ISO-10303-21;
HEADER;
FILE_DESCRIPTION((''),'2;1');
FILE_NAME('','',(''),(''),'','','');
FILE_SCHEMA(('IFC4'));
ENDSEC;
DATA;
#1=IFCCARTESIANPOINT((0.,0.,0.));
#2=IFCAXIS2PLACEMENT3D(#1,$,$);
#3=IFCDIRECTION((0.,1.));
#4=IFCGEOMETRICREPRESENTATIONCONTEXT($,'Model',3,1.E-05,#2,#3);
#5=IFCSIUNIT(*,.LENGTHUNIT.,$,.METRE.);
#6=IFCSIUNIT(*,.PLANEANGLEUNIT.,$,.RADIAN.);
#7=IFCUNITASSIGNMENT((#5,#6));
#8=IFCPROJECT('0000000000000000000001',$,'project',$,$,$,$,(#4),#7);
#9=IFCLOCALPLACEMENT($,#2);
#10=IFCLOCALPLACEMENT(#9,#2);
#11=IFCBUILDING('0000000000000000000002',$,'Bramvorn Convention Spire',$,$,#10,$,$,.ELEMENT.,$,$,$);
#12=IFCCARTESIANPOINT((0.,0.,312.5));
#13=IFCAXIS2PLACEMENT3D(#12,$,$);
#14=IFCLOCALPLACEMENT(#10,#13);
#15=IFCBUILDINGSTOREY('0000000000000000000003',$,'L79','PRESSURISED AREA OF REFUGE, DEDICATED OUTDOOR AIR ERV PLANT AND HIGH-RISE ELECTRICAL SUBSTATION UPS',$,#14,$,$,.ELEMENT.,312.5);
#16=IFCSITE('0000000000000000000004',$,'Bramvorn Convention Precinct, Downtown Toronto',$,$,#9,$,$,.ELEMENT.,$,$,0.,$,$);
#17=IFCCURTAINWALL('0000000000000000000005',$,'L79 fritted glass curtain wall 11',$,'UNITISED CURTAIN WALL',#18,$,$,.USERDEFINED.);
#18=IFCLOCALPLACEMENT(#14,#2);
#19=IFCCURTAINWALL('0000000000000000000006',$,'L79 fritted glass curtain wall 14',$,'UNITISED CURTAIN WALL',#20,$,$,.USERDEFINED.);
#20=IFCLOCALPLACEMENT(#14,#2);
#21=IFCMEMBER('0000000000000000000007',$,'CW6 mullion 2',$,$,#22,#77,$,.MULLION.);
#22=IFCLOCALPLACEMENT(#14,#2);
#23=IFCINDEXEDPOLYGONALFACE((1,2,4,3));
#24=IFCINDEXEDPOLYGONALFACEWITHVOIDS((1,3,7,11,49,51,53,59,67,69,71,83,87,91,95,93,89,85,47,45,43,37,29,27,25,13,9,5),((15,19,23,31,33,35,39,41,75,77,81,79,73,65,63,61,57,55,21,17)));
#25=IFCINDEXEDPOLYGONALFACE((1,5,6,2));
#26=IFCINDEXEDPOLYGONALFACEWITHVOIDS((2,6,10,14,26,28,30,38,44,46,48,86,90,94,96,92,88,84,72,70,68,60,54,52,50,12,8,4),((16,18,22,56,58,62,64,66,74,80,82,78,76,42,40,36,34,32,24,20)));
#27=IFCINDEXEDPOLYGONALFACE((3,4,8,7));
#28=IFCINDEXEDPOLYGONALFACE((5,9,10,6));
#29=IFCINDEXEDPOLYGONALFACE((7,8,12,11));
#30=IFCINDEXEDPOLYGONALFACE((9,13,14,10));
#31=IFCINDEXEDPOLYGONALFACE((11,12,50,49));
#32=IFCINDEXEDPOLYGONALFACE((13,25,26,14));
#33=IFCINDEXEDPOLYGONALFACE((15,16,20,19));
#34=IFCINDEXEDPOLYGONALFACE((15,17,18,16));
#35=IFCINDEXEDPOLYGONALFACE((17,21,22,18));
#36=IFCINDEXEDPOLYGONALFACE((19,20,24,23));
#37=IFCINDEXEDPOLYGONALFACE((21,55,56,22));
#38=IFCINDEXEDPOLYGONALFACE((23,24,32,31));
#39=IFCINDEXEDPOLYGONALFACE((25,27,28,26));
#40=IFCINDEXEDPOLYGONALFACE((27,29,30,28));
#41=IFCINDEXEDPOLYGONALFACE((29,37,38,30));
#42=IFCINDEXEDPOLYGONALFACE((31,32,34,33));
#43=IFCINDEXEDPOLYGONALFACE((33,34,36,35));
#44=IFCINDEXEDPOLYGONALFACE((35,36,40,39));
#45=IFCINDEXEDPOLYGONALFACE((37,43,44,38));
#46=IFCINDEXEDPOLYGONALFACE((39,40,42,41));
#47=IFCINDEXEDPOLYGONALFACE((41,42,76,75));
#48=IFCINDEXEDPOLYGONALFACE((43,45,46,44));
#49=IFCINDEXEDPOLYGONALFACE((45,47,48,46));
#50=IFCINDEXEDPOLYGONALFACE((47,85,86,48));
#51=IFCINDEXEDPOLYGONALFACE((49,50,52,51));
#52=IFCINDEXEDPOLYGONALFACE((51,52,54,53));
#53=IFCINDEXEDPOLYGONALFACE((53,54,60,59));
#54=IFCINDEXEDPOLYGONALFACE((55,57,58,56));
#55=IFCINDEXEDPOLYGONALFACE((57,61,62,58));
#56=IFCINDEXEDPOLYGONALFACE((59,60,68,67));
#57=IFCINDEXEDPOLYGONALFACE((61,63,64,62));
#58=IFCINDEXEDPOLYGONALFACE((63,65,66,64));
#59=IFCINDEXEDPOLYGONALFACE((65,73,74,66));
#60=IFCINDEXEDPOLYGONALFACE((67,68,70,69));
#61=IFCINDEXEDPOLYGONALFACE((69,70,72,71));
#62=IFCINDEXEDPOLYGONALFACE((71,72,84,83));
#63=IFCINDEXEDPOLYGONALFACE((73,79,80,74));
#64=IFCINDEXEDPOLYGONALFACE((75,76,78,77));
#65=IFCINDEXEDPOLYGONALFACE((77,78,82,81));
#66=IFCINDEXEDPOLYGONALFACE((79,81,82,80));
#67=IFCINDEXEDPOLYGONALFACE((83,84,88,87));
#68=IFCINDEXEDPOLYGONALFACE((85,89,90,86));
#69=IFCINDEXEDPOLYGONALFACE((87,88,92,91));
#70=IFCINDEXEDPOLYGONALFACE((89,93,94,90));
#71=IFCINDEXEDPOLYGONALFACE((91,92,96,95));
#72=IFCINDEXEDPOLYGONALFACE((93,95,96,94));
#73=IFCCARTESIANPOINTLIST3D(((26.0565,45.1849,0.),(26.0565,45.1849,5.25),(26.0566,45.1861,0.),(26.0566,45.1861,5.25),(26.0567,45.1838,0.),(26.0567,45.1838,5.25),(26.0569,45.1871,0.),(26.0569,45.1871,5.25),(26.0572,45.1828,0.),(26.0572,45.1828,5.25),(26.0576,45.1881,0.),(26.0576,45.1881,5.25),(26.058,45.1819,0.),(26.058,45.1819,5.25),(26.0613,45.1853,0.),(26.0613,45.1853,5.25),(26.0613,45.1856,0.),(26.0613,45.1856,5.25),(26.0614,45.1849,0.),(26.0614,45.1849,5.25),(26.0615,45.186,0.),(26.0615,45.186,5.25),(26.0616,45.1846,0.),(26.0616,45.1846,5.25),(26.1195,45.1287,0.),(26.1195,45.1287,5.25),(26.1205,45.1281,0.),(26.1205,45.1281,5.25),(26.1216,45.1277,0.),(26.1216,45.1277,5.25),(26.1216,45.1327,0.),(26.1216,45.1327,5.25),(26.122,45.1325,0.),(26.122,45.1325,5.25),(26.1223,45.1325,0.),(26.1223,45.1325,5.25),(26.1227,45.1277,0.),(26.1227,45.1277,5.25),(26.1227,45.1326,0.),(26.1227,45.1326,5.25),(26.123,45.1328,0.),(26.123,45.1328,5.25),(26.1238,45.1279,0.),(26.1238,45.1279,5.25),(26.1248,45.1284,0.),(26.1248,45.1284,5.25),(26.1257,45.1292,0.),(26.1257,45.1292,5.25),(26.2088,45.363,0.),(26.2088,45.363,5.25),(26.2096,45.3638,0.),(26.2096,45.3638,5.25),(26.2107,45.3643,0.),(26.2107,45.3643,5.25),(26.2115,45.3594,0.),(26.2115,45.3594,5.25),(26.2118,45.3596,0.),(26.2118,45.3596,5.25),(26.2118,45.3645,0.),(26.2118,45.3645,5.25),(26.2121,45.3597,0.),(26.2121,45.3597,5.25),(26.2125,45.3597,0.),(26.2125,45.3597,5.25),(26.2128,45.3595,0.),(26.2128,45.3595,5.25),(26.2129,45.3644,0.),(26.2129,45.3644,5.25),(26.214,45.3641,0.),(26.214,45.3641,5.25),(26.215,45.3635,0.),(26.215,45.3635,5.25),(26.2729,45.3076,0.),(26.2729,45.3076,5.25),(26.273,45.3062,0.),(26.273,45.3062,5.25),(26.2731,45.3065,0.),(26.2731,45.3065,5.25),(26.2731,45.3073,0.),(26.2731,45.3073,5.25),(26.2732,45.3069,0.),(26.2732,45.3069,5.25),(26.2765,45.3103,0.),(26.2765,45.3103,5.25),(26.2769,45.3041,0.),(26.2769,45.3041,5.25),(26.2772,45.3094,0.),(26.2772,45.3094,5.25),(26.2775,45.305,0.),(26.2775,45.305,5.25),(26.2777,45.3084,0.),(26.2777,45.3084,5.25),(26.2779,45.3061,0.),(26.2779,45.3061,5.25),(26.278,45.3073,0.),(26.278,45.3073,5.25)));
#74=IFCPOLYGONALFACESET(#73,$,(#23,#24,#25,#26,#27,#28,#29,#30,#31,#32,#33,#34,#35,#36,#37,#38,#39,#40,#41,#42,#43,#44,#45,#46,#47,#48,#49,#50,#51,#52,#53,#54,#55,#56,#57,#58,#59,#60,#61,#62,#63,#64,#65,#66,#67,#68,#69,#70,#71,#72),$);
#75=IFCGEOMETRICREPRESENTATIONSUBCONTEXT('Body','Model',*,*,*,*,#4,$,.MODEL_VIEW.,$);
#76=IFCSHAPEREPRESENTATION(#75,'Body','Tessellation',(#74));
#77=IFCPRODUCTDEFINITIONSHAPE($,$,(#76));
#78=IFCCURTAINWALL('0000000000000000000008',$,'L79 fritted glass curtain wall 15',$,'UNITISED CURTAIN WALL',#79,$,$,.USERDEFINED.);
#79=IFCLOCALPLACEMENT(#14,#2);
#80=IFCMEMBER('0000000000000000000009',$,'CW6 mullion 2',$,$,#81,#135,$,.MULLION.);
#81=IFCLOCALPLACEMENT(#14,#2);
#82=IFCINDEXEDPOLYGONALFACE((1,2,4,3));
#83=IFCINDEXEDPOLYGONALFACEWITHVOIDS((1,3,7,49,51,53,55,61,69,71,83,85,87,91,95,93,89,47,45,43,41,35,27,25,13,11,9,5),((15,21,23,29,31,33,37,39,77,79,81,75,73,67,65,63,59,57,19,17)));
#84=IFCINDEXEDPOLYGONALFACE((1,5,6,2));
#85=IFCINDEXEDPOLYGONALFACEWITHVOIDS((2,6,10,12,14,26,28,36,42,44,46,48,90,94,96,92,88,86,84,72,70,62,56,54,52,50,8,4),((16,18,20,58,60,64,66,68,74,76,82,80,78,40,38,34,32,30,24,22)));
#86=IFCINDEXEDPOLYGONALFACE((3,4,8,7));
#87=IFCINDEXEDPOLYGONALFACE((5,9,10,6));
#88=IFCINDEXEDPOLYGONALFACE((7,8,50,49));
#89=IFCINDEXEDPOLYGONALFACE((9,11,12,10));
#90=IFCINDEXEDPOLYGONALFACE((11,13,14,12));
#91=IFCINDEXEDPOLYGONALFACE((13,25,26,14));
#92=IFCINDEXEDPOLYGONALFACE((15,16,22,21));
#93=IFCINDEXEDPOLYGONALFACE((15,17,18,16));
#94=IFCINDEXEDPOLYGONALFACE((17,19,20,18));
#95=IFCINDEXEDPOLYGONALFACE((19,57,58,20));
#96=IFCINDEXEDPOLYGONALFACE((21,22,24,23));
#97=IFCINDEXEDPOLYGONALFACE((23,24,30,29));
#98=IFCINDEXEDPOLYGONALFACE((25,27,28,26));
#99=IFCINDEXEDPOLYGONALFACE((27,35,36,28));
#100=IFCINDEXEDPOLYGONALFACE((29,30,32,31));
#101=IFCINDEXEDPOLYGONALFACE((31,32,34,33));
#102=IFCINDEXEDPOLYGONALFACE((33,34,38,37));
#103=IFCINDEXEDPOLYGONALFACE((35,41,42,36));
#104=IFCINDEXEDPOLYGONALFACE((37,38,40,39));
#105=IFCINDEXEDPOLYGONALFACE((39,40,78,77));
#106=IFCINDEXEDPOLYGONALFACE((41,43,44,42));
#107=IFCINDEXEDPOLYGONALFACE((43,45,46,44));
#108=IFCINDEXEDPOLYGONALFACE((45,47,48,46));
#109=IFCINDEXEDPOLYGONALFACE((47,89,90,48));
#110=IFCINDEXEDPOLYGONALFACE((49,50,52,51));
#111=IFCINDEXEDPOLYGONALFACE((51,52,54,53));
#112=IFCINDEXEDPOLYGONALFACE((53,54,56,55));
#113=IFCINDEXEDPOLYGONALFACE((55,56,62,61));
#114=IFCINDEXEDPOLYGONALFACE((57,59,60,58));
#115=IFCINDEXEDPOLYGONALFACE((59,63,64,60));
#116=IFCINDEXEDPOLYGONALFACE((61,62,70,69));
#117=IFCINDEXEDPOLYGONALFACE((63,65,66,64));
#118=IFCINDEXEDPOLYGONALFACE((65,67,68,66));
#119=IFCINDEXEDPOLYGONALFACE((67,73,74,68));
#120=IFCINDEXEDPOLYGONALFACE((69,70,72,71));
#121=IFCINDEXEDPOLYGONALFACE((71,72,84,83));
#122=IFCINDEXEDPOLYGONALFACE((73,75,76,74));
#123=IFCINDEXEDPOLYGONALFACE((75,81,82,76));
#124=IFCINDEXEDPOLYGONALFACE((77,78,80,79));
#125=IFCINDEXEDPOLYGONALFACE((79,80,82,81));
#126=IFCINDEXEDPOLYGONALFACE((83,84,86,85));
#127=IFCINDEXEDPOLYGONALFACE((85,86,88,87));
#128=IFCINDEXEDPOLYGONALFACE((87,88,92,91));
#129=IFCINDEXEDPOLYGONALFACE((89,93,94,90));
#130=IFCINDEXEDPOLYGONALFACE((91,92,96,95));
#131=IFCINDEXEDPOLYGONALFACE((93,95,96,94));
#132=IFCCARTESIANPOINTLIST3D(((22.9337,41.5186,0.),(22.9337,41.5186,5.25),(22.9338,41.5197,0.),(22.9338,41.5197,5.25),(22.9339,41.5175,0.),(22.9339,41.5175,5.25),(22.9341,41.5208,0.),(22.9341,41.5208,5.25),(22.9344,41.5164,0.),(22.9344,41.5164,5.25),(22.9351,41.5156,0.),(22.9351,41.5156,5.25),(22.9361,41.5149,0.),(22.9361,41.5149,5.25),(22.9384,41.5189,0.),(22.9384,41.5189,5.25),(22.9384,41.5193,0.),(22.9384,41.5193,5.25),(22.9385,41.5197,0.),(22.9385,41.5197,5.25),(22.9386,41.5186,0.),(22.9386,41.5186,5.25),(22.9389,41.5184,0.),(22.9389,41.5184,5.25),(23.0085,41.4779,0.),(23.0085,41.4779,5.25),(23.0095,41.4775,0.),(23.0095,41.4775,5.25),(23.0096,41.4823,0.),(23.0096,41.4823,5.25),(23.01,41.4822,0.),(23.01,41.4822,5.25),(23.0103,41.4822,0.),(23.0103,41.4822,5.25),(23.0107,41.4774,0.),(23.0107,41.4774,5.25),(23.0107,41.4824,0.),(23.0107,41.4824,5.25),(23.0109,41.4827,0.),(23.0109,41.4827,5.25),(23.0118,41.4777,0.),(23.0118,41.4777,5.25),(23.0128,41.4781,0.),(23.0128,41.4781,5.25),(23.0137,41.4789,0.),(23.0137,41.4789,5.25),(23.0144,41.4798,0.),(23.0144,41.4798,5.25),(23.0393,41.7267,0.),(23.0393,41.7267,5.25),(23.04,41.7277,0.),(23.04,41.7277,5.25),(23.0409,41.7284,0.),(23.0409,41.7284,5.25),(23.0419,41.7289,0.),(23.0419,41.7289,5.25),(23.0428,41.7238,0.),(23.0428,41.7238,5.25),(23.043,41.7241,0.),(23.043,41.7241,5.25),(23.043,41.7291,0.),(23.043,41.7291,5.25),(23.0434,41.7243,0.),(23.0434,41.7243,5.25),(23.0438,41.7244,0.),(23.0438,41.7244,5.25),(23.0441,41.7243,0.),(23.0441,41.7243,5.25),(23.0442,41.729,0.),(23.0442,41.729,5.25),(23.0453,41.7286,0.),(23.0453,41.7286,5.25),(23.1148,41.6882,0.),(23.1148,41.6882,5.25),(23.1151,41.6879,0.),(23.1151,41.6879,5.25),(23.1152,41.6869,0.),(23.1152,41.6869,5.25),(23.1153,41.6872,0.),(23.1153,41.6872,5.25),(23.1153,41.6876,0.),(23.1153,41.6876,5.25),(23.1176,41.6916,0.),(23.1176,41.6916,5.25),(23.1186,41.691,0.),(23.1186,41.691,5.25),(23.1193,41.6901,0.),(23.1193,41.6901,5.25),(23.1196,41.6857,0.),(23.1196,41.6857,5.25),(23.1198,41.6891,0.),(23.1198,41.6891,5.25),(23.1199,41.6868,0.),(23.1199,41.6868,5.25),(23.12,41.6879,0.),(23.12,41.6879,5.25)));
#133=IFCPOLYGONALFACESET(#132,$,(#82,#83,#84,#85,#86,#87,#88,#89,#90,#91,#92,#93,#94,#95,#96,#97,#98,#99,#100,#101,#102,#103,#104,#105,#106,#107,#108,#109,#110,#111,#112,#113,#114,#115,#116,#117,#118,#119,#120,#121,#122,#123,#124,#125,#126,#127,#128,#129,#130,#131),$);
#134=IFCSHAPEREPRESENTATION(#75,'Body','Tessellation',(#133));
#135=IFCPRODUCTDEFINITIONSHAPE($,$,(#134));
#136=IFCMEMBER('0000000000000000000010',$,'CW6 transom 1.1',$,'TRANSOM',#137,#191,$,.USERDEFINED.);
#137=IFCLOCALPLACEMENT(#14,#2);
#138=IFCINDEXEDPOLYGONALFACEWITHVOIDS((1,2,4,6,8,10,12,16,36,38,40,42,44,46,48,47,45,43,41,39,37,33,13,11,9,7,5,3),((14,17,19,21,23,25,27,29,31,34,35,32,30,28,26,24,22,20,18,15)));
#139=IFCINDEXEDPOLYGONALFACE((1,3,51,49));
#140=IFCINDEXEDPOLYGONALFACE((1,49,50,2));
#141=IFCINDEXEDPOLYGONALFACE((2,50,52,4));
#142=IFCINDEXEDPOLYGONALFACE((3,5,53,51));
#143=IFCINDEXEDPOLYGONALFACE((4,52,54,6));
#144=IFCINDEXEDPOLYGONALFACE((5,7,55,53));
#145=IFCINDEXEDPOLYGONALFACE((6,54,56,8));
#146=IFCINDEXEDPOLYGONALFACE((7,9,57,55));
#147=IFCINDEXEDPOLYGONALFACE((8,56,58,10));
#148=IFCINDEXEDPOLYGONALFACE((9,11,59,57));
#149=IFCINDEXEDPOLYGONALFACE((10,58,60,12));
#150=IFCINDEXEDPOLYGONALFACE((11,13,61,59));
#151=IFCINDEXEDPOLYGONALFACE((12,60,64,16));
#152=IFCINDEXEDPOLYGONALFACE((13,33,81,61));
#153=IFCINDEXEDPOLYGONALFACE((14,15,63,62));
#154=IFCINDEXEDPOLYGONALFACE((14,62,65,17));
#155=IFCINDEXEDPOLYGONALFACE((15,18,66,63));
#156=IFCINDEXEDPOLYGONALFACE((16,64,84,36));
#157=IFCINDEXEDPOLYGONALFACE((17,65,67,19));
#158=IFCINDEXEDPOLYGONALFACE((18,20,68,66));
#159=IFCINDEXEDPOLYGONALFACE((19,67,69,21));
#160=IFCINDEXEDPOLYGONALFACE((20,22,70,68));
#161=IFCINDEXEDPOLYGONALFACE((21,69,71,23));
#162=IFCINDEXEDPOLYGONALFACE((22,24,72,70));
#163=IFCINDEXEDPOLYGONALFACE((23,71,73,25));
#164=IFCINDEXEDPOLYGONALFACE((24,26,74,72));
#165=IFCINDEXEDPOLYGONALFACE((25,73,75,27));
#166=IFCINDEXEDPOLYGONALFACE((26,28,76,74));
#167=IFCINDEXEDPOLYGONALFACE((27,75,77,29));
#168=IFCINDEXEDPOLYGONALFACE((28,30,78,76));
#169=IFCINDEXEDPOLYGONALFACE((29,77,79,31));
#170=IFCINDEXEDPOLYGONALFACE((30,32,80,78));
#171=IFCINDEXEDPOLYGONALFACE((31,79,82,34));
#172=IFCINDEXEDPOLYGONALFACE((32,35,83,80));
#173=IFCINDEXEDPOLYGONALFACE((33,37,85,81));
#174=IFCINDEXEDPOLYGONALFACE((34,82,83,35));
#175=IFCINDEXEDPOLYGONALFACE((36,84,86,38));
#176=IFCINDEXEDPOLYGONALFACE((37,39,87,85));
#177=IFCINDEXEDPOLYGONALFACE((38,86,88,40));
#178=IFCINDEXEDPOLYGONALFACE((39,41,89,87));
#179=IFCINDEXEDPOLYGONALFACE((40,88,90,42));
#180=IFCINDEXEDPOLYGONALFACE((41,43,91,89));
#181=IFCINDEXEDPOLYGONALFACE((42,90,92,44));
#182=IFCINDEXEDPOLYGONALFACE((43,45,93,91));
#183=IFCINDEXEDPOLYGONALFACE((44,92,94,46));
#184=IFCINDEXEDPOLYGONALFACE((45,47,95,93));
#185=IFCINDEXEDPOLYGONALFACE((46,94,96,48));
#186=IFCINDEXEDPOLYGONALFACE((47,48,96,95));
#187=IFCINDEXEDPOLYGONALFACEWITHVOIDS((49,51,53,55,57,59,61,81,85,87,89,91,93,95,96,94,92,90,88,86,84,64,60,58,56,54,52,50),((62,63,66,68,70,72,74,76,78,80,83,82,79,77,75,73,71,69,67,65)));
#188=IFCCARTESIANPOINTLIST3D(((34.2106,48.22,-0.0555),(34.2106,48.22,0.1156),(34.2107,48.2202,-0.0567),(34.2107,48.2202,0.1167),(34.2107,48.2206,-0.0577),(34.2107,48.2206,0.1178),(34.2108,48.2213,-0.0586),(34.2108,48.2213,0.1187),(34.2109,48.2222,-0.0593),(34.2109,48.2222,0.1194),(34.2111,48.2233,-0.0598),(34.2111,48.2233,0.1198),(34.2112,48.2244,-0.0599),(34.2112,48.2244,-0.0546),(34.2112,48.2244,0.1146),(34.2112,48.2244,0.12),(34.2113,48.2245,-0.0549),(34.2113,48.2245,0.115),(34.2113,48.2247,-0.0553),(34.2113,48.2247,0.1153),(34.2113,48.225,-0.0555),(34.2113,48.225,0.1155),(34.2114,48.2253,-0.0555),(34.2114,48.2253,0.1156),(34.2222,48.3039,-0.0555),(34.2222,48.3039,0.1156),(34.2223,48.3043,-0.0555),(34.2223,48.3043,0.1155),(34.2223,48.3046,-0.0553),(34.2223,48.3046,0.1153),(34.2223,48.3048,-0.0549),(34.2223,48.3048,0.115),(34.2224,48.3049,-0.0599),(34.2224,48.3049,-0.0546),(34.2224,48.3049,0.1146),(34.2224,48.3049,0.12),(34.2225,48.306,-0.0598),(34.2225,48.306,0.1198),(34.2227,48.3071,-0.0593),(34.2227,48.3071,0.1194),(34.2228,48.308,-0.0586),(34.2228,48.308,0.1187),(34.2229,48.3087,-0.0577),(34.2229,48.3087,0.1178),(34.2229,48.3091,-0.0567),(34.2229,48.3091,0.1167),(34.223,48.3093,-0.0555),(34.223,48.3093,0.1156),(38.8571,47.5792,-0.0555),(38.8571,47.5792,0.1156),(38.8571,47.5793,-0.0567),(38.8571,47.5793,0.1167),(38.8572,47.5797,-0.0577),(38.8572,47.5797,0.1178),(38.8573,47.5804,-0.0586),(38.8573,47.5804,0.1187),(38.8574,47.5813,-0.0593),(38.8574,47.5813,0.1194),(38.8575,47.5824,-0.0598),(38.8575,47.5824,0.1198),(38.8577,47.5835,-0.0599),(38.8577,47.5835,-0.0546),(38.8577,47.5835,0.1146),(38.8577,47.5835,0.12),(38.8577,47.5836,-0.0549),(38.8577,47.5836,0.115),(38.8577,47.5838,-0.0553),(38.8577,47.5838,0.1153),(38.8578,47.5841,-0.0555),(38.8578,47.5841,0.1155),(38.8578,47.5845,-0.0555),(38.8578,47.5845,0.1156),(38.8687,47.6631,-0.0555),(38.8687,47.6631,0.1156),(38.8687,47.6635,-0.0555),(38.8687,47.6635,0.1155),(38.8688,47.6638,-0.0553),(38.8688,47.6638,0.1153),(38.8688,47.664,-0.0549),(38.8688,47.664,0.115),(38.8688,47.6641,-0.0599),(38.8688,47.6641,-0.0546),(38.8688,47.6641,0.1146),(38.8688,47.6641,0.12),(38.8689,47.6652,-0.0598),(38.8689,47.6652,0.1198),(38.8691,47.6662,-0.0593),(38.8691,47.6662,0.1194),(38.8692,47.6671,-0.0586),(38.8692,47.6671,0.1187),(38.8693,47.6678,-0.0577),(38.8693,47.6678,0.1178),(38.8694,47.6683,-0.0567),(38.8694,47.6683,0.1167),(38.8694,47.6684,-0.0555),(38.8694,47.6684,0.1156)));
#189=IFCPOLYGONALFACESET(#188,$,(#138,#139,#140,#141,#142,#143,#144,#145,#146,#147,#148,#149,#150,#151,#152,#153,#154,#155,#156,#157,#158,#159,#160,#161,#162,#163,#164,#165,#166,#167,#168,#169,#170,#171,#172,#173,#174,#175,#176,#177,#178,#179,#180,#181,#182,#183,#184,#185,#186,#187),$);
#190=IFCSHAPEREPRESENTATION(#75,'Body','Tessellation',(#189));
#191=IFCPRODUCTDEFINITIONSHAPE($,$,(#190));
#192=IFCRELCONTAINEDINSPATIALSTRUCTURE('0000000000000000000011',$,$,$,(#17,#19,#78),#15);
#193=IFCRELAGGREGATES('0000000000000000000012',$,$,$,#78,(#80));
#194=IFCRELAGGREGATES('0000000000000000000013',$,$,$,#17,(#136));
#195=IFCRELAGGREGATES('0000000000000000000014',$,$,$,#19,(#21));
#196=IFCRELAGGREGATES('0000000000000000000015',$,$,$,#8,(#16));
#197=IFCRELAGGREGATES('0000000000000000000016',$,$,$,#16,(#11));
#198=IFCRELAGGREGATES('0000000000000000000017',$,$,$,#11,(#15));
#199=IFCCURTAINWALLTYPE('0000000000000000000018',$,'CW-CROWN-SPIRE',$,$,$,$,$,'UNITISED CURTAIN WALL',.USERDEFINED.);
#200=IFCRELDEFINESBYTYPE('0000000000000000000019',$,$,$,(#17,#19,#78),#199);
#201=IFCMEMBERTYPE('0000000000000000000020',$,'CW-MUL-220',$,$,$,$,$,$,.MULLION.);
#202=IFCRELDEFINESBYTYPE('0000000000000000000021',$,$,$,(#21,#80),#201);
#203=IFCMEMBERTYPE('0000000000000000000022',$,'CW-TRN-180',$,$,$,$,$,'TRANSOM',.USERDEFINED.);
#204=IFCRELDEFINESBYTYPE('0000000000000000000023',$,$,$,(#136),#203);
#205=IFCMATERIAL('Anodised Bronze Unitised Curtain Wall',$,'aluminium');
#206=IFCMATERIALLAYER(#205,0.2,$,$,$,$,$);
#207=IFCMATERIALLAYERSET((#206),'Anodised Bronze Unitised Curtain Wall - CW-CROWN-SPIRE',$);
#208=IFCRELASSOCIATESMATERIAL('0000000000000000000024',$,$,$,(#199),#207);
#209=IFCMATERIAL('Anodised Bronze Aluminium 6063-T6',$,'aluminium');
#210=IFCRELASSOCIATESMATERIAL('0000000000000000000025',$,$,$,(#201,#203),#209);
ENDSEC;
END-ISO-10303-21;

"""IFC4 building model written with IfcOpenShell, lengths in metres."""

from ifc_helpers import new_model, si_unit, direction, frame, origin, origin_2d, place, context, subcontext, project, spatial, hollow_rectangle, extrude, material, layer, layer_set, material_profile, profile_set, type_object, element, aggregate, save


model = new_model("IFC4")

# Units and contexts
model_context = context("Model", 3, precision=1e-05, world=origin(), true_north=direction((0.0, 1.0)))
body_context = subcontext(model_context, "Body", "Model", "MODEL_VIEW")
ifc_project = project(units=[si_unit("LENGTHUNIT", "METRE"), si_unit("PLANEANGLEUNIT", "RADIAN")], contexts=[model_context])

# Site, building, storey
site_placement = place(None, origin())
site = spatial("IfcSite", under=ifc_project, at=site_placement, Name="Bramvorn Convention Precinct, Downtown Toronto", CompositionType="ELEMENT", RefElevation=0.0)
building_placement = place(site_placement, origin())
building = spatial("IfcBuilding", under=site, at=building_placement, Name="Bramvorn Convention Spire", CompositionType="ELEMENT")
storey_placement = place(building_placement, frame((0.0, 0.0, 312.5)))
storey = spatial("IfcBuildingStorey", under=building, at=storey_placement, Name="L79", Description="PRESSURISED AREA OF REFUGE, DEDICATED OUTDOOR AIR ERV PLANT AND HIGH-RISE ELECTRICAL SUBSTATION UPS", CompositionType="ELEMENT", Elevation=312.5)

# Curtain wall
ifc_material_1 = material(Name="Anodised Bronze Unitised Curtain Wall", Category="aluminium")
ifc_layer_1 = layer(ifc_material_1, 0.2)
ifc_layer_set_1 = layer_set([ifc_layer_1], Name="Anodised Bronze Unitised Curtain Wall - CW-CROWN-SPIRE")
curtain_wall_type = type_object("IfcCurtainWallType", Name="CW-CROWN-SPIRE", ElementType="UNITISED CURTAIN WALL", PredefinedType="USERDEFINED", material=ifc_layer_set_1)
curtain_wall_1_placement = place(storey_placement, origin())
curtain_wall_1 = element("IfcCurtainWall", 1, at=curtain_wall_1_placement, inside=storey, type_object=curtain_wall_type, Name="L79 fritted glass curtain wall 11", ObjectType="UNITISED CURTAIN WALL", PredefinedType="USERDEFINED")
ifc_material_2 = material(Name="Anodised Bronze Aluminium 6063-T6", Category="aluminium")
ifc_material_profile_1 = material_profile(ifc_material_2, hollow_rectangle(XDim=0.0901, YDim=0.24, WallThickness=0.0044, InnerFilletRadius=0.001, OuterFilletRadius=0.0044, at=origin_2d()))
ifc_profile_set_1 = profile_set([ifc_material_profile_1], Name="Anodised Bronze Aluminium 6063-T6 - CWM90X240")
member_type_1 = type_object("IfcMemberType", Name="CW-MUL-220", PredefinedType="MULLION", material=ifc_profile_set_1)

# Curtain wall, member
curtain_wall_2_placement = place(storey_placement, origin())
curtain_wall_2 = element("IfcCurtainWall", 2, at=curtain_wall_2_placement, inside=storey, type_object=curtain_wall_type, Name="L79 fritted glass curtain wall 14", ObjectType="UNITISED CURTAIN WALL", PredefinedType="USERDEFINED")
member_1_placement = place(storey_placement, frame((26.1672, 45.2461, 0.0), z_axis=(0.0, 0.0, 1.0), x_axis=(-0.75646, 0.65404, 0.0)))
member_1 = element("IfcMember", 3, at=member_1_placement, type_object=member_type_1, Name="CW6 mullion 2", PredefinedType="MULLION", context=body_context, shape_type="SweptSolid", body=[
    extrude(hollow_rectangle(XDim=0.0901, YDim=0.24, WallThickness=0.0044, InnerFilletRadius=0.001, OuterFilletRadius=0.0044, at=origin_2d()), origin(), (0.0, 0.0, 1.0), 5.25),
])

# Curtain wall, member
curtain_wall_3_placement = place(storey_placement, origin())
curtain_wall_3 = element("IfcCurtainWall", 4, at=curtain_wall_3_placement, inside=storey, type_object=curtain_wall_type, Name="L79 fritted glass curtain wall 15", ObjectType="UNITISED CURTAIN WALL", PredefinedType="USERDEFINED")
member_2_placement = place(storey_placement, frame((23.0269, 41.6033, 0.0), z_axis=(0.0, 0.0, 1.0), x_axis=(-0.89051, 0.454964, 0.0)))
member_2 = element("IfcMember", 5, at=member_2_placement, type_object=member_type_1, Name="CW6 mullion 2", PredefinedType="MULLION", context=body_context, shape_type="SweptSolid", body=[
    extrude(hollow_rectangle(XDim=0.0901, YDim=0.24, WallThickness=0.0044, InnerFilletRadius=0.001, OuterFilletRadius=0.0044, at=origin_2d()), origin(), (0.0, 0.0, 1.0), 5.25),
])
aggregate(curtain_wall_3, [member_2])

# Member
ifc_material_profile_2 = material_profile(ifc_material_2, hollow_rectangle(XDim=0.0901, YDim=0.1799, WallThickness=0.0044, InnerFilletRadius=0.001, OuterFilletRadius=0.0044, at=origin_2d()))
ifc_profile_set_2 = profile_set([ifc_material_profile_2], Name="Anodised Bronze Aluminium 6063-T6 - CWT90X180")
member_type_2 = type_object("IfcMemberType", Name="CW-TRN-180", ElementType="TRANSOM", PredefinedType="USERDEFINED", material=ifc_profile_set_2)
member_3_placement = place(storey_placement, frame((34.2168, 48.2646, 0.03), z_axis=(0.990622, -0.136632, 0.0), x_axis=(0.136632, 0.990622, 0.0)))
member_3 = element("IfcMember", 6, at=member_3_placement, type_object=member_type_2, Name="CW6 transom 1.1", ObjectType="TRANSOM", PredefinedType="USERDEFINED", context=body_context, shape_type="SweptSolid", body=[
    extrude(hollow_rectangle(XDim=0.0901, YDim=0.1799, WallThickness=0.0044, InnerFilletRadius=0.001, OuterFilletRadius=0.0044, at=origin_2d()), origin(), (0.0, 0.0, 1.0), 4.6904),
])

aggregate(curtain_wall_1, [member_3])
aggregate(curtain_wall_2, [member_1])

save(model, "model.ifc")
